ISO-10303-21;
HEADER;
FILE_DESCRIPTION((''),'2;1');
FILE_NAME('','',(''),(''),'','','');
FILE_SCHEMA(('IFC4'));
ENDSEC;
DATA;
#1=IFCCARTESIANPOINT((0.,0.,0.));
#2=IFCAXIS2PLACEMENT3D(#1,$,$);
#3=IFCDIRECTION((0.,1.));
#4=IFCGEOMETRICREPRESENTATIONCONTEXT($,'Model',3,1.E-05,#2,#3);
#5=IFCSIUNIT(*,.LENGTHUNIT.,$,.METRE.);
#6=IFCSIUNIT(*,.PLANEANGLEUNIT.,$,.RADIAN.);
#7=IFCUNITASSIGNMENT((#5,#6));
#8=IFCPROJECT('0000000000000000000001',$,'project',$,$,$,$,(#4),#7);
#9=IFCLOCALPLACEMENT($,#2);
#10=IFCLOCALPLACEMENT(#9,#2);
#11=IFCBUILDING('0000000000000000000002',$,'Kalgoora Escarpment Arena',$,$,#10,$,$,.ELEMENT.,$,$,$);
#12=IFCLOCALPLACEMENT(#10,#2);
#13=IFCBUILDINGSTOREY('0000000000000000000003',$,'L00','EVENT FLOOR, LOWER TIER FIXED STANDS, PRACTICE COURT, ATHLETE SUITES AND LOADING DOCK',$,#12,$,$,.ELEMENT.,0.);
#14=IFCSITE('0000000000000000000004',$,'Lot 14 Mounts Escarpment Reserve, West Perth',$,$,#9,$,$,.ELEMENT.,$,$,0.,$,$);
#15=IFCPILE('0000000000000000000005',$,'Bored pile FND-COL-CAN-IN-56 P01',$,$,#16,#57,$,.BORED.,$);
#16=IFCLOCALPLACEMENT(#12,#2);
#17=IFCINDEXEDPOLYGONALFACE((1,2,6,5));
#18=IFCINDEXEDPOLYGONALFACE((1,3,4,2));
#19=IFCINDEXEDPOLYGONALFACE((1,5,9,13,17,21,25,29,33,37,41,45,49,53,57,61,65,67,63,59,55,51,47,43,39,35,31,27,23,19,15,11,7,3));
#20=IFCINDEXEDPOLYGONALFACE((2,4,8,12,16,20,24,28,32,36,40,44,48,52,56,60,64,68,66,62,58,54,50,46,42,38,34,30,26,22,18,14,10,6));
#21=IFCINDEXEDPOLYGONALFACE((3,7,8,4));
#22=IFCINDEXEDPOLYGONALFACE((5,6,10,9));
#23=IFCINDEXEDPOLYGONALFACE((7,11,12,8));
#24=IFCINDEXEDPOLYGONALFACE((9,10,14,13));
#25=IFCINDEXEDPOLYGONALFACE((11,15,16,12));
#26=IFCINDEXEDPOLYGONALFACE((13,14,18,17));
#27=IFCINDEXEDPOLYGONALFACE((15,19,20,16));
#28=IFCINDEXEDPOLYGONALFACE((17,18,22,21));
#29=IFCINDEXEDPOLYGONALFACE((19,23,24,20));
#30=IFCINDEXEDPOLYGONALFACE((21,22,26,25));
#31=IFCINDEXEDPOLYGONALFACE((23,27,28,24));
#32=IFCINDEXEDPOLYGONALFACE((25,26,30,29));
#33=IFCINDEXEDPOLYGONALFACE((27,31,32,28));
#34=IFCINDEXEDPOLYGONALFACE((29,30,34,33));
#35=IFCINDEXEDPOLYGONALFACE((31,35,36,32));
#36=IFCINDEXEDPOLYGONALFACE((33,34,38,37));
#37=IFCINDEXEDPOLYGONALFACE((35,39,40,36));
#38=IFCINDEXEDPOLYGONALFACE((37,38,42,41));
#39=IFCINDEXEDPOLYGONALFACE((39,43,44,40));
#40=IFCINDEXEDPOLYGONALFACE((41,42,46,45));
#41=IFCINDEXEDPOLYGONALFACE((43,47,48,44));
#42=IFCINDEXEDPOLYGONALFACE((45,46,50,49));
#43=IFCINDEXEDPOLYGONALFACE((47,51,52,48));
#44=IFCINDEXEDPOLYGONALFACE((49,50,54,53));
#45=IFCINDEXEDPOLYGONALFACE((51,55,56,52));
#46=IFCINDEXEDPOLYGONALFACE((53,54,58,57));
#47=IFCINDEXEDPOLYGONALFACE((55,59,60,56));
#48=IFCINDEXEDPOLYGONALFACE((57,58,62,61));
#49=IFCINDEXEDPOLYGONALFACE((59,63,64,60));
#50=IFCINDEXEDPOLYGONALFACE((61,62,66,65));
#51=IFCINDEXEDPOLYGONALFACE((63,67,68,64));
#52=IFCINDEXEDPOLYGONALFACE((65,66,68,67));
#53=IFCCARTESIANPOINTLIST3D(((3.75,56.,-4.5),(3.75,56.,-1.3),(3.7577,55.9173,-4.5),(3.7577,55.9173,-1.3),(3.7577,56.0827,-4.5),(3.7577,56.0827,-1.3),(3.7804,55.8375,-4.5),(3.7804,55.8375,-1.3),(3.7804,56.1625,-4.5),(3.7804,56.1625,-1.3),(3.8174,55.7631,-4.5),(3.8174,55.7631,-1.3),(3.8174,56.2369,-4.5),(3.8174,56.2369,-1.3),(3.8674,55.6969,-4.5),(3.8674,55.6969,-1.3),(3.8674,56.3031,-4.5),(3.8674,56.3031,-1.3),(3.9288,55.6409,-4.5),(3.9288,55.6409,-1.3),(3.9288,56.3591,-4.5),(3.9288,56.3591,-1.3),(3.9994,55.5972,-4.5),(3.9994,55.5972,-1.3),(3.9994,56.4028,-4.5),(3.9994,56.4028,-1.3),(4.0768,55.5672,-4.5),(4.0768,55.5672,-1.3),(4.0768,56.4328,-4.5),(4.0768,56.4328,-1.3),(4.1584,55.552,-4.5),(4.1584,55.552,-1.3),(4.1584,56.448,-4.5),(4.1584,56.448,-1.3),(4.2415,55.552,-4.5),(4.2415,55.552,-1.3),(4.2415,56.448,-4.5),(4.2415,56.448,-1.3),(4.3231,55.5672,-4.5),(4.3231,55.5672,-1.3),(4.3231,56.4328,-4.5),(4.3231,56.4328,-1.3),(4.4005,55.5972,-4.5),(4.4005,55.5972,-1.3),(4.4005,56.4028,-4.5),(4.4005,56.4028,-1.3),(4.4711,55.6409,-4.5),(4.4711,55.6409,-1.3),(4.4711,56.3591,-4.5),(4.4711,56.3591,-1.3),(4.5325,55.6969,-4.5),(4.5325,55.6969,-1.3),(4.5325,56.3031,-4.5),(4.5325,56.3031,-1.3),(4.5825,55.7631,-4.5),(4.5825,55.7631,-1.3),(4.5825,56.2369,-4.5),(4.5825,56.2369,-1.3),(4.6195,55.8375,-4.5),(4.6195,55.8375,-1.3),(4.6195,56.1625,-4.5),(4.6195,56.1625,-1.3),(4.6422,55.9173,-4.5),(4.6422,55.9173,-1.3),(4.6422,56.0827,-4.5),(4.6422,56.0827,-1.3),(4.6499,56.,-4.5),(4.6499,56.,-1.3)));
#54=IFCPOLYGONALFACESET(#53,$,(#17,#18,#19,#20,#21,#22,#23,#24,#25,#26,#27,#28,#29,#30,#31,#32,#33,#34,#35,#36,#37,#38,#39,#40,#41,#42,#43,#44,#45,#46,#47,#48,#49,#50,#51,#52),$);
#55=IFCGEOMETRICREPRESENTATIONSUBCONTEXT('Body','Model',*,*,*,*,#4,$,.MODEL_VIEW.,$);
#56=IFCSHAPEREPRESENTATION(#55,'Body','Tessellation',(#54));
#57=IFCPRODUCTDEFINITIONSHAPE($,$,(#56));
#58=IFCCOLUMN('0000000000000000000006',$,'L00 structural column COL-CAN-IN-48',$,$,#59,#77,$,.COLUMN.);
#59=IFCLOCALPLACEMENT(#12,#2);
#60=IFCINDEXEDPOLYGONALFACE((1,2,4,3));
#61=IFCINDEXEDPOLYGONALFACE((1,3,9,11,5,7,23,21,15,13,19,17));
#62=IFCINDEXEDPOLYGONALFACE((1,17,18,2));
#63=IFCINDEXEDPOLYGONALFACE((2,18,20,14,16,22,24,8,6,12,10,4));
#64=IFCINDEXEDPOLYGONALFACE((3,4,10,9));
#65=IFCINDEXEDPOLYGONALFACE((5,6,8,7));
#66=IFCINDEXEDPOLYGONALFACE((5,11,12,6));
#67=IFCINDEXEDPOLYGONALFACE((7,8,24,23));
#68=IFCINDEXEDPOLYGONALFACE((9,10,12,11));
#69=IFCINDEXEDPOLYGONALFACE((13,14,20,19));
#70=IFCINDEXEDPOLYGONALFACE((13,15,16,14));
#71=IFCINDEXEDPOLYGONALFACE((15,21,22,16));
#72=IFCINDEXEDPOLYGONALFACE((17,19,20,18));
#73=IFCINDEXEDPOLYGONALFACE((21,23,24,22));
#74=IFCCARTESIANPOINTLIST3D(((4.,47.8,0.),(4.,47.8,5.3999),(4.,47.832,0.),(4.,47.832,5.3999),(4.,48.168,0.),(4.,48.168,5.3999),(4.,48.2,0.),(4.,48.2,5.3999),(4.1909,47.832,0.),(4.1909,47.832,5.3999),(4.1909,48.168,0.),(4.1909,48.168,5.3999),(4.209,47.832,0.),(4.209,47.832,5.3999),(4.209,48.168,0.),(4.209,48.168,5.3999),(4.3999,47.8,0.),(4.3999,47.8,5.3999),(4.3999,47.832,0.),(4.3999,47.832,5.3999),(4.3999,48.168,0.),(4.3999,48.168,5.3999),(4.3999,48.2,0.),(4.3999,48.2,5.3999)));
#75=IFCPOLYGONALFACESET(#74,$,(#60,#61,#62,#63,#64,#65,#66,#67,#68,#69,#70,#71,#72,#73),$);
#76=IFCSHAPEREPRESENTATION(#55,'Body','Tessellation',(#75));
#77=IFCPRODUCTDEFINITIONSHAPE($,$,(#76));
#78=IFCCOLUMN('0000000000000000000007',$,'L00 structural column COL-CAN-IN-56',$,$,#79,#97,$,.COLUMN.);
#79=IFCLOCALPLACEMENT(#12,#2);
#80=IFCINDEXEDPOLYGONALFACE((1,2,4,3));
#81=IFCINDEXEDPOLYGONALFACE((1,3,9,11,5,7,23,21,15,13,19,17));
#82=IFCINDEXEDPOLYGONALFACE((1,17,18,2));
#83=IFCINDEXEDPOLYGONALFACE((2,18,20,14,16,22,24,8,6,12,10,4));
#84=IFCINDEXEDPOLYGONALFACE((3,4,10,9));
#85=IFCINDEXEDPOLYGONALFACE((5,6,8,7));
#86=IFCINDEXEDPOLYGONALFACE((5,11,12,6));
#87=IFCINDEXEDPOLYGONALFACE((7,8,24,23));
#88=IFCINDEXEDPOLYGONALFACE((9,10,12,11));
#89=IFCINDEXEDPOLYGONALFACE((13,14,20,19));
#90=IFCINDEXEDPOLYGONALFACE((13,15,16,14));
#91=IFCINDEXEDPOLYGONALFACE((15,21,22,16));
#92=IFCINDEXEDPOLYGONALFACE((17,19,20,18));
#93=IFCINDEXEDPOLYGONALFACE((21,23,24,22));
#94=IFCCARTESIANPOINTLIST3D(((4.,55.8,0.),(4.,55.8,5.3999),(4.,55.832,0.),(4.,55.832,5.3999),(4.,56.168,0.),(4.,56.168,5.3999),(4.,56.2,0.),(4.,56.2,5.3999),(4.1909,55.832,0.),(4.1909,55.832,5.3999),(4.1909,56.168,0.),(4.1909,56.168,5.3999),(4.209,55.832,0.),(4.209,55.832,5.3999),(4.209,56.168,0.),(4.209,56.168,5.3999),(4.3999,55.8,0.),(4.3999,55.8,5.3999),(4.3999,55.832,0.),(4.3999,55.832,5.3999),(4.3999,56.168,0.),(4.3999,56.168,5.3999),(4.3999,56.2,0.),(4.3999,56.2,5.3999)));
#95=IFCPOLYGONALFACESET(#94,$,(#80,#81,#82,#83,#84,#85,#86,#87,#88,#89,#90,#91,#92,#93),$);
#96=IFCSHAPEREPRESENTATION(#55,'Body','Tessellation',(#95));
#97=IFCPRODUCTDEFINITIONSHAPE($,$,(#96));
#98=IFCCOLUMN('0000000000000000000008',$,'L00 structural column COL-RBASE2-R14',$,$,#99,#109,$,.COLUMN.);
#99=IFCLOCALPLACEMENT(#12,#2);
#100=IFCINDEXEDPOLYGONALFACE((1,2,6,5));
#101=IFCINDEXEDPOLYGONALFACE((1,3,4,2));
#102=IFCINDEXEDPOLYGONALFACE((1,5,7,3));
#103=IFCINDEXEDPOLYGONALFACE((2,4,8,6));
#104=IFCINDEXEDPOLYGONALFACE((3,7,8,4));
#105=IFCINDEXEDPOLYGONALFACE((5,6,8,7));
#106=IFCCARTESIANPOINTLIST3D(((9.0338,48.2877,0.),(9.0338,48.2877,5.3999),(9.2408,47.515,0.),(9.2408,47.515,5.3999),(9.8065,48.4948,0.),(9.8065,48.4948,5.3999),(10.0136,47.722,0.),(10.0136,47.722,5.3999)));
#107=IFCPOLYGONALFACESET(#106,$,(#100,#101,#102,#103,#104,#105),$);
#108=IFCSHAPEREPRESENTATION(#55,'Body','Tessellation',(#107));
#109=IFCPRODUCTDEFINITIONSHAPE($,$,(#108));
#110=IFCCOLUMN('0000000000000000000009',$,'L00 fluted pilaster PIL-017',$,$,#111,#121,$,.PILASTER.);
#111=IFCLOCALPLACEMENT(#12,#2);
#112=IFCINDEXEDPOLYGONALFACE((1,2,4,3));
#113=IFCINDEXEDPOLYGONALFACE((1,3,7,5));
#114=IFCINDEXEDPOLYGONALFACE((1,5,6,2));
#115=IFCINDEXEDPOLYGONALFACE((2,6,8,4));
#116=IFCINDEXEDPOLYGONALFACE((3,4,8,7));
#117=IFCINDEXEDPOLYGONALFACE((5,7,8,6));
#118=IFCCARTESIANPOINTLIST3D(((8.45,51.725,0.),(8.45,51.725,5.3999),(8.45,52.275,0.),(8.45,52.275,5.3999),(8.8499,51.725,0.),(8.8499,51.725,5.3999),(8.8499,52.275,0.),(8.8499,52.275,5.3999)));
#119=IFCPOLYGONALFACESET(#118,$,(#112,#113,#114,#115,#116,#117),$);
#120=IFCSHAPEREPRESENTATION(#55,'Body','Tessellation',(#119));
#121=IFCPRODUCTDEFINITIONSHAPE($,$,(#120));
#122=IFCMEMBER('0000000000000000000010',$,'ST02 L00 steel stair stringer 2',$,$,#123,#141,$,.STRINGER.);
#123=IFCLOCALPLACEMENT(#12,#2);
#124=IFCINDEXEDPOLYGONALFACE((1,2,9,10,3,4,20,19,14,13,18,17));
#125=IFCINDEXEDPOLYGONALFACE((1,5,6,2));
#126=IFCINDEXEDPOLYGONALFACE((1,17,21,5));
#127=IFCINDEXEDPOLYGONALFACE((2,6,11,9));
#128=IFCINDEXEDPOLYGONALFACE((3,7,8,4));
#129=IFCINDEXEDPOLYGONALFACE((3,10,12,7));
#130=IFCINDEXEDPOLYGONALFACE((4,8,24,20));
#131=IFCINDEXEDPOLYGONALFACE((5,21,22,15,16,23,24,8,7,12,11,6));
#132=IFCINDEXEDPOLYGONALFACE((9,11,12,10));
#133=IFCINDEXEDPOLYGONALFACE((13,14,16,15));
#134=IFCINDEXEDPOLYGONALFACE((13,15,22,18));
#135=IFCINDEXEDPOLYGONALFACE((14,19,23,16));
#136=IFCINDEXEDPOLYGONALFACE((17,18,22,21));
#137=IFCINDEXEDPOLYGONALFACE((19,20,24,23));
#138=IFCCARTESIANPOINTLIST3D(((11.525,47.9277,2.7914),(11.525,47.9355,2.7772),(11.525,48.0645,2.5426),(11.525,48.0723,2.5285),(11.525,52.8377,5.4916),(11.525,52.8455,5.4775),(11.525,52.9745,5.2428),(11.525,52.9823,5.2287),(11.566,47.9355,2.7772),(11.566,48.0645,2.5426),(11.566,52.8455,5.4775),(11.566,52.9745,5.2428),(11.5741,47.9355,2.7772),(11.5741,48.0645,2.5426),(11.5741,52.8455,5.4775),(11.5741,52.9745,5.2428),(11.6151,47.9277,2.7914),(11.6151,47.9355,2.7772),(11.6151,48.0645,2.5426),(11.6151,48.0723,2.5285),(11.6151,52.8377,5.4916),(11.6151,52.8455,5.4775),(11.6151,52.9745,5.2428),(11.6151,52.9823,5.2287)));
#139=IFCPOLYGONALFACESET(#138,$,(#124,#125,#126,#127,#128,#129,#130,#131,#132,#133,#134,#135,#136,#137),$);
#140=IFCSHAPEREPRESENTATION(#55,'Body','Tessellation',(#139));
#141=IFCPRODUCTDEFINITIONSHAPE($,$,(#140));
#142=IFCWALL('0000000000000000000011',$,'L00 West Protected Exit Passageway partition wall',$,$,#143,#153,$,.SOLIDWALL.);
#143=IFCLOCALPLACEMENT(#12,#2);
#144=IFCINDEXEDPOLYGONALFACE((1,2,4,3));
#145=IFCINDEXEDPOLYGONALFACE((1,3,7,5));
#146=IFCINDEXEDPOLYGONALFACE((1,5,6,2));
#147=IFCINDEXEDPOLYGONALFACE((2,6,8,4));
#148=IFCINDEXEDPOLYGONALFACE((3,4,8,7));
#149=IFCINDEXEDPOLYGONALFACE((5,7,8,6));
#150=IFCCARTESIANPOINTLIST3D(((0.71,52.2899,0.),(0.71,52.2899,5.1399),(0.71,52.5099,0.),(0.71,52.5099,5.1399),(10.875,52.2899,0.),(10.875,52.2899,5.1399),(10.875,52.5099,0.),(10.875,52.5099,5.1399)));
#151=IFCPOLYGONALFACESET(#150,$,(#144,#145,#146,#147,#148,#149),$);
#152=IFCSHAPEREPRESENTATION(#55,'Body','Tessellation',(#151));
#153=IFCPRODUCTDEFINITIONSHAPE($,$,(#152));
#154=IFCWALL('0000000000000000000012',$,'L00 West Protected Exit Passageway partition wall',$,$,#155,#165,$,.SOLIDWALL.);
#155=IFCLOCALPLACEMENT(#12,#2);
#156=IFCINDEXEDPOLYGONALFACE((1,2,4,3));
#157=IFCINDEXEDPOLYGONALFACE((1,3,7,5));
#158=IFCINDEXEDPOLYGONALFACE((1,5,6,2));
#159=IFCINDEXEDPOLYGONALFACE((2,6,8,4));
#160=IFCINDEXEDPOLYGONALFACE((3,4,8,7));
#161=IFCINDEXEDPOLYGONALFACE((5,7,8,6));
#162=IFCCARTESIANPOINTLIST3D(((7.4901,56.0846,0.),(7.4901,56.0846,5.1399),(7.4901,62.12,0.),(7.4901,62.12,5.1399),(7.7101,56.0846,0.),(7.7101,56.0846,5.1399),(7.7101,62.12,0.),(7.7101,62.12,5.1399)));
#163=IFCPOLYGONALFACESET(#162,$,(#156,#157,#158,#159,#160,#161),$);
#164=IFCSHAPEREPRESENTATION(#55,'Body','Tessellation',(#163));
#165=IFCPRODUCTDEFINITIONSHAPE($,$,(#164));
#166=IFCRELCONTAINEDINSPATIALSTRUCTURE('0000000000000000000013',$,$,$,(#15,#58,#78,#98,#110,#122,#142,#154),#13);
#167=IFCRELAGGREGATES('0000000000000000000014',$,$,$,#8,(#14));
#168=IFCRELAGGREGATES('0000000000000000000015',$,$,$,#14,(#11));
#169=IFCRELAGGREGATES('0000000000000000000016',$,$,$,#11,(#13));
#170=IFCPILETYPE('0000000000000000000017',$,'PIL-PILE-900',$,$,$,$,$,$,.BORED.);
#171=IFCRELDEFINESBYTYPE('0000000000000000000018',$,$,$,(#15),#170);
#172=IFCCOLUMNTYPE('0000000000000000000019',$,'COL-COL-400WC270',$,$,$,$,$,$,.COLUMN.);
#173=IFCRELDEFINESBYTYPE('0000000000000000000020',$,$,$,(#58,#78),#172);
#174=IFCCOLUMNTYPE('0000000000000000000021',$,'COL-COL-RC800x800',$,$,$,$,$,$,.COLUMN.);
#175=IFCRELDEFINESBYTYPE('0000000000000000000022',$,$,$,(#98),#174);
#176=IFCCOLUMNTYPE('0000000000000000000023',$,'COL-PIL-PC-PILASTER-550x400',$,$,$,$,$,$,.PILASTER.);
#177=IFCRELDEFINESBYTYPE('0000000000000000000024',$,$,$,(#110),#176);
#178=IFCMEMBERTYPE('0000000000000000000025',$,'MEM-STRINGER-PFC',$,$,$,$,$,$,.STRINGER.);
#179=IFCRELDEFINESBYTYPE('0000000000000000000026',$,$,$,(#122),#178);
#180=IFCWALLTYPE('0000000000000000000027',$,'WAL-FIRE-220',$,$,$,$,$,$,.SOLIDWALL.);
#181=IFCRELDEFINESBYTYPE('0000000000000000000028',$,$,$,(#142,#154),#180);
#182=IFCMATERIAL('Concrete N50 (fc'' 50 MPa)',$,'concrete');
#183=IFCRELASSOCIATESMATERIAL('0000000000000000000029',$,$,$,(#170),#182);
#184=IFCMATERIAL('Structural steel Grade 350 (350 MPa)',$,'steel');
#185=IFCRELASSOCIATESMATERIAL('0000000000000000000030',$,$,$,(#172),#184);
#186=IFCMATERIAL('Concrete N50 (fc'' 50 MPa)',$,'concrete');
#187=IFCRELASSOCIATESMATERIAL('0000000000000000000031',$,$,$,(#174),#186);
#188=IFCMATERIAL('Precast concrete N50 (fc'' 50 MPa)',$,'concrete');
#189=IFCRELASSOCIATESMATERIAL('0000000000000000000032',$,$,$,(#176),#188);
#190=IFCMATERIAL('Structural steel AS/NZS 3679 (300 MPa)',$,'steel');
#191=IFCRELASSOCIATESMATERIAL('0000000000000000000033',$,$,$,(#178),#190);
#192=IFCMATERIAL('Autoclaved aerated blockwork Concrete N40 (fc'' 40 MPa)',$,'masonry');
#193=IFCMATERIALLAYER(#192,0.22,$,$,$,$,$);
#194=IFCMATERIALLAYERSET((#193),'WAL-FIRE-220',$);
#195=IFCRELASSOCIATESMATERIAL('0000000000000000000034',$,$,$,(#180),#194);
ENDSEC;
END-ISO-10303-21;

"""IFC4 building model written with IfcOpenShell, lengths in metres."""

from ifc_helpers import new_model, si_unit, direction, frame, frame_2d, origin, origin_2d, place, context, subcontext, project, spatial, rectangle, circle, i_section, extrude, material, layer, layer_set, material_profile, profile_set, type_object, element, save


model = new_model("IFC4")

# Units and contexts
model_context = context("Model", 3, precision=1e-05, world=origin(), true_north=direction((0.0, 1.0)))
body_context = subcontext(model_context, "Body", "Model", "MODEL_VIEW")
ifc_project = project(units=[si_unit("LENGTHUNIT", "METRE"), si_unit("PLANEANGLEUNIT", "RADIAN")], contexts=[model_context])

# Site, building, storey
site_placement = place(None, origin())
site = spatial("IfcSite", under=ifc_project, at=site_placement, Name="Lot 14 Mounts Escarpment Reserve, West Perth", CompositionType="ELEMENT", RefElevation=0.0)
building_placement = place(site_placement, origin())
building = spatial("IfcBuilding", under=site, at=building_placement, Name="Kalgoora Escarpment Arena", CompositionType="ELEMENT")
storey_placement = place(building_placement, origin())
storey = spatial("IfcBuildingStorey", under=building, at=storey_placement, Name="L00", Description="EVENT FLOOR, LOWER TIER FIXED STANDS, PRACTICE COURT, ATHLETE SUITES AND LOADING DOCK", CompositionType="ELEMENT", Elevation=0.0)

# Pile
ifc_material_1 = material(Name="Concrete N50 (fc' 50 MPa)", Category="concrete")
ifc_material_profile_1 = material_profile(ifc_material_1, circle(Radius=0.45, at=origin_2d()))
ifc_profile_set_1 = profile_set([ifc_material_profile_1], Name="Concrete N50 (fc' 50 MPa)")
pile_type_1 = type_object("IfcPileType", Name="PIL-PILE-900", PredefinedType="BORED", material=ifc_profile_set_1)
for number, where, z_axis, x_axis, name in (
    (1, (4.2, 56.0, -1.3), (0.0, 0.0, -1.0), (1.0, 0.0, 0.0), "Bored pile FND-COL-CAN-IN-56 P01"),
):
    element("IfcPile", number, at=place(storey_placement, frame(where, z_axis=z_axis, x_axis=x_axis)), inside=storey, type_object=pile_type_1, Name=name, PredefinedType="BORED", context=body_context, shape_type="SweptSolid", body=[
        extrude(circle(Radius=0.45, at=origin_2d()), origin(), (0.0, 0.0, 1.0), 3.2),
    ])

# Columns
ifc_material_2 = material(Name="Structural steel Grade 350 (350 MPa)", Category="steel")
ifc_material_profile_2 = material_profile(ifc_material_2, i_section(OverallWidth=0.3999, OverallDepth=0.3999, WebThickness=0.0181, FlangeThickness=0.032, at=origin_2d()))
ifc_profile_set_2 = profile_set([ifc_material_profile_2], Name="Structural steel Grade 350 (350 MPa)")
column_type_1 = type_object("IfcColumnType", Name="COL-COL-400WC270", PredefinedType="COLUMN", material=ifc_profile_set_2)
for number, where, z_axis, x_axis, name in (
    (2, (4.2, 48.0, 0.0), (0.0, 0.0, 1.0), (1.0, 0.0, 0.0), "L00 structural column COL-CAN-IN-48"),
    (3, (4.2, 56.0, 0.0), (0.0, 0.0, 1.0), (1.0, 0.0, 0.0), "L00 structural column COL-CAN-IN-56"),
):
    element("IfcColumn", number, at=place(storey_placement, frame(where, z_axis=z_axis, x_axis=x_axis)), inside=storey, type_object=column_type_1, Name=name, PredefinedType="COLUMN", context=body_context, shape_type="SweptSolid", body=[
        extrude(i_section(OverallWidth=0.3999, OverallDepth=0.3999, WebThickness=0.0181, FlangeThickness=0.032, at=origin_2d()), origin(), (0.0, 0.0, 1.0), 5.3999),
    ])
ifc_material_3 = material(Name="Concrete N50 (fc' 50 MPa)", Category="concrete")
ifc_material_profile_3 = material_profile(ifc_material_3, rectangle(XDim=0.8, YDim=0.8, at=origin_2d()))
ifc_profile_set_3 = profile_set([ifc_material_profile_3], Name="Concrete N50 (fc' 50 MPa)")
column_type_2 = type_object("IfcColumnType", Name="COL-COL-RC800x800", PredefinedType="COLUMN", material=ifc_profile_set_3)
column_1_placement = place(storey_placement, frame((9.5237, 48.0049, 0.0), z_axis=(0.0, 0.0, 1.0), x_axis=(-0.965926, -0.258819, 0.0)))
element("IfcColumn", 4, at=column_1_placement, inside=storey, type_object=column_type_2, Name="L00 structural column COL-RBASE2-R14", PredefinedType="COLUMN", context=body_context, shape_type="SweptSolid", body=[
    extrude(rectangle(XDim=0.8, YDim=0.8, at=origin_2d()), origin(), (0.0, 0.0, 1.0), 5.3999),
])
ifc_material_4 = material(Name="Precast concrete N50 (fc' 50 MPa)", Category="concrete")
ifc_material_profile_4 = material_profile(ifc_material_4, rectangle(XDim=0.3999, YDim=0.55, at=origin_2d()))
ifc_profile_set_4 = profile_set([ifc_material_profile_4], Name="Precast concrete N50 (fc' 50 MPa)")
column_type_3 = type_object("IfcColumnType", Name="COL-PIL-PC-PILASTER-550x400", PredefinedType="PILASTER", material=ifc_profile_set_4)
column_2_placement = place(storey_placement, frame((8.6499, 52.0, 0.0), z_axis=(0.0, 0.0, 1.0), x_axis=(1.0, 0.0, 0.0)))
element("IfcColumn", 5, at=column_2_placement, inside=storey, type_object=column_type_3, Name="L00 fluted pilaster PIL-017", PredefinedType="PILASTER", context=body_context, shape_type="SweptSolid", body=[
    extrude(rectangle(XDim=0.3999, YDim=0.55, at=origin_2d()), origin(), (0.0, 0.0, 1.0), 5.3999),
])

# Member
ifc_material_5 = material(Name="Structural steel AS/NZS 3679 (300 MPa)", Category="steel")
ifc_material_profile_5 = material_profile(ifc_material_5, i_section(OverallWidth=0.0901, OverallDepth=0.3, WebThickness=0.0081, FlangeThickness=0.0161, at=origin_2d()))
ifc_profile_set_5 = profile_set([ifc_material_profile_5], Name="Structural steel AS/NZS 3679 (300 MPa)")
member_type = type_object("IfcMemberType", Name="MEM-STRINGER-PFC", PredefinedType="STRINGER", material=ifc_profile_set_5)
member_placement = place(storey_placement, frame((11.5701, 48.0, 2.6599), z_axis=(0.0, 0.876235, 0.481884), x_axis=(-1.0, 0.0, 0.0)))
element("IfcMember", 6, at=member_placement, inside=storey, type_object=member_type, Name="ST02 L00 steel stair stringer 2", PredefinedType="STRINGER", context=body_context, shape_type="SweptSolid", body=[
    extrude(i_section(OverallWidth=0.0901, OverallDepth=0.3, WebThickness=0.0081, FlangeThickness=0.0161, at=origin_2d()), origin(), (0.0, 0.0, 1.0), 5.6035),
])

# Walls
ifc_material_6 = material(Name="Autoclaved aerated blockwork Concrete N40 (fc' 40 MPa)", Category="masonry")
ifc_layer_1 = layer(ifc_material_6, 0.22)
ifc_layer_set_1 = layer_set([ifc_layer_1], Name="WAL-FIRE-220")
wall_type_1 = type_object("IfcWallType", Name="WAL-FIRE-220", PredefinedType="SOLIDWALL", material=ifc_layer_set_1)
wall_1_placement = place(storey_placement, frame((10.875, 52.3999, 0.0), z_axis=(0.0, 0.0, 1.0), x_axis=(-1.0, 0.0, 0.0)))
element("IfcWall", 7, at=wall_1_placement, inside=storey, type_object=wall_type_1, Name="L00 West Protected Exit Passageway partition wall", PredefinedType="SOLIDWALL", context=body_context, shape_type="SweptSolid", body=[
    extrude(rectangle(XDim=10.165, YDim=0.22, at=frame_2d((5.0825, 0.0))), origin(), (0.0, 0.0, 1.0), 5.1399),
])
wall_2_placement = place(storey_placement, frame((7.6001, 56.0847, 0.0), z_axis=(0.0, 0.0, 1.0), x_axis=(0.0, 1.0, 0.0)))
element("IfcWall", 8, at=wall_2_placement, inside=storey, type_object=wall_type_1, Name="L00 West Protected Exit Passageway partition wall", PredefinedType="SOLIDWALL", context=body_context, shape_type="SweptSolid", body=[
    extrude(rectangle(XDim=6.0354, YDim=0.22, at=frame_2d((3.0176, 0.0))), origin(), (0.0, 0.0, 1.0), 5.1399),
])

save(model, "model.ifc")
